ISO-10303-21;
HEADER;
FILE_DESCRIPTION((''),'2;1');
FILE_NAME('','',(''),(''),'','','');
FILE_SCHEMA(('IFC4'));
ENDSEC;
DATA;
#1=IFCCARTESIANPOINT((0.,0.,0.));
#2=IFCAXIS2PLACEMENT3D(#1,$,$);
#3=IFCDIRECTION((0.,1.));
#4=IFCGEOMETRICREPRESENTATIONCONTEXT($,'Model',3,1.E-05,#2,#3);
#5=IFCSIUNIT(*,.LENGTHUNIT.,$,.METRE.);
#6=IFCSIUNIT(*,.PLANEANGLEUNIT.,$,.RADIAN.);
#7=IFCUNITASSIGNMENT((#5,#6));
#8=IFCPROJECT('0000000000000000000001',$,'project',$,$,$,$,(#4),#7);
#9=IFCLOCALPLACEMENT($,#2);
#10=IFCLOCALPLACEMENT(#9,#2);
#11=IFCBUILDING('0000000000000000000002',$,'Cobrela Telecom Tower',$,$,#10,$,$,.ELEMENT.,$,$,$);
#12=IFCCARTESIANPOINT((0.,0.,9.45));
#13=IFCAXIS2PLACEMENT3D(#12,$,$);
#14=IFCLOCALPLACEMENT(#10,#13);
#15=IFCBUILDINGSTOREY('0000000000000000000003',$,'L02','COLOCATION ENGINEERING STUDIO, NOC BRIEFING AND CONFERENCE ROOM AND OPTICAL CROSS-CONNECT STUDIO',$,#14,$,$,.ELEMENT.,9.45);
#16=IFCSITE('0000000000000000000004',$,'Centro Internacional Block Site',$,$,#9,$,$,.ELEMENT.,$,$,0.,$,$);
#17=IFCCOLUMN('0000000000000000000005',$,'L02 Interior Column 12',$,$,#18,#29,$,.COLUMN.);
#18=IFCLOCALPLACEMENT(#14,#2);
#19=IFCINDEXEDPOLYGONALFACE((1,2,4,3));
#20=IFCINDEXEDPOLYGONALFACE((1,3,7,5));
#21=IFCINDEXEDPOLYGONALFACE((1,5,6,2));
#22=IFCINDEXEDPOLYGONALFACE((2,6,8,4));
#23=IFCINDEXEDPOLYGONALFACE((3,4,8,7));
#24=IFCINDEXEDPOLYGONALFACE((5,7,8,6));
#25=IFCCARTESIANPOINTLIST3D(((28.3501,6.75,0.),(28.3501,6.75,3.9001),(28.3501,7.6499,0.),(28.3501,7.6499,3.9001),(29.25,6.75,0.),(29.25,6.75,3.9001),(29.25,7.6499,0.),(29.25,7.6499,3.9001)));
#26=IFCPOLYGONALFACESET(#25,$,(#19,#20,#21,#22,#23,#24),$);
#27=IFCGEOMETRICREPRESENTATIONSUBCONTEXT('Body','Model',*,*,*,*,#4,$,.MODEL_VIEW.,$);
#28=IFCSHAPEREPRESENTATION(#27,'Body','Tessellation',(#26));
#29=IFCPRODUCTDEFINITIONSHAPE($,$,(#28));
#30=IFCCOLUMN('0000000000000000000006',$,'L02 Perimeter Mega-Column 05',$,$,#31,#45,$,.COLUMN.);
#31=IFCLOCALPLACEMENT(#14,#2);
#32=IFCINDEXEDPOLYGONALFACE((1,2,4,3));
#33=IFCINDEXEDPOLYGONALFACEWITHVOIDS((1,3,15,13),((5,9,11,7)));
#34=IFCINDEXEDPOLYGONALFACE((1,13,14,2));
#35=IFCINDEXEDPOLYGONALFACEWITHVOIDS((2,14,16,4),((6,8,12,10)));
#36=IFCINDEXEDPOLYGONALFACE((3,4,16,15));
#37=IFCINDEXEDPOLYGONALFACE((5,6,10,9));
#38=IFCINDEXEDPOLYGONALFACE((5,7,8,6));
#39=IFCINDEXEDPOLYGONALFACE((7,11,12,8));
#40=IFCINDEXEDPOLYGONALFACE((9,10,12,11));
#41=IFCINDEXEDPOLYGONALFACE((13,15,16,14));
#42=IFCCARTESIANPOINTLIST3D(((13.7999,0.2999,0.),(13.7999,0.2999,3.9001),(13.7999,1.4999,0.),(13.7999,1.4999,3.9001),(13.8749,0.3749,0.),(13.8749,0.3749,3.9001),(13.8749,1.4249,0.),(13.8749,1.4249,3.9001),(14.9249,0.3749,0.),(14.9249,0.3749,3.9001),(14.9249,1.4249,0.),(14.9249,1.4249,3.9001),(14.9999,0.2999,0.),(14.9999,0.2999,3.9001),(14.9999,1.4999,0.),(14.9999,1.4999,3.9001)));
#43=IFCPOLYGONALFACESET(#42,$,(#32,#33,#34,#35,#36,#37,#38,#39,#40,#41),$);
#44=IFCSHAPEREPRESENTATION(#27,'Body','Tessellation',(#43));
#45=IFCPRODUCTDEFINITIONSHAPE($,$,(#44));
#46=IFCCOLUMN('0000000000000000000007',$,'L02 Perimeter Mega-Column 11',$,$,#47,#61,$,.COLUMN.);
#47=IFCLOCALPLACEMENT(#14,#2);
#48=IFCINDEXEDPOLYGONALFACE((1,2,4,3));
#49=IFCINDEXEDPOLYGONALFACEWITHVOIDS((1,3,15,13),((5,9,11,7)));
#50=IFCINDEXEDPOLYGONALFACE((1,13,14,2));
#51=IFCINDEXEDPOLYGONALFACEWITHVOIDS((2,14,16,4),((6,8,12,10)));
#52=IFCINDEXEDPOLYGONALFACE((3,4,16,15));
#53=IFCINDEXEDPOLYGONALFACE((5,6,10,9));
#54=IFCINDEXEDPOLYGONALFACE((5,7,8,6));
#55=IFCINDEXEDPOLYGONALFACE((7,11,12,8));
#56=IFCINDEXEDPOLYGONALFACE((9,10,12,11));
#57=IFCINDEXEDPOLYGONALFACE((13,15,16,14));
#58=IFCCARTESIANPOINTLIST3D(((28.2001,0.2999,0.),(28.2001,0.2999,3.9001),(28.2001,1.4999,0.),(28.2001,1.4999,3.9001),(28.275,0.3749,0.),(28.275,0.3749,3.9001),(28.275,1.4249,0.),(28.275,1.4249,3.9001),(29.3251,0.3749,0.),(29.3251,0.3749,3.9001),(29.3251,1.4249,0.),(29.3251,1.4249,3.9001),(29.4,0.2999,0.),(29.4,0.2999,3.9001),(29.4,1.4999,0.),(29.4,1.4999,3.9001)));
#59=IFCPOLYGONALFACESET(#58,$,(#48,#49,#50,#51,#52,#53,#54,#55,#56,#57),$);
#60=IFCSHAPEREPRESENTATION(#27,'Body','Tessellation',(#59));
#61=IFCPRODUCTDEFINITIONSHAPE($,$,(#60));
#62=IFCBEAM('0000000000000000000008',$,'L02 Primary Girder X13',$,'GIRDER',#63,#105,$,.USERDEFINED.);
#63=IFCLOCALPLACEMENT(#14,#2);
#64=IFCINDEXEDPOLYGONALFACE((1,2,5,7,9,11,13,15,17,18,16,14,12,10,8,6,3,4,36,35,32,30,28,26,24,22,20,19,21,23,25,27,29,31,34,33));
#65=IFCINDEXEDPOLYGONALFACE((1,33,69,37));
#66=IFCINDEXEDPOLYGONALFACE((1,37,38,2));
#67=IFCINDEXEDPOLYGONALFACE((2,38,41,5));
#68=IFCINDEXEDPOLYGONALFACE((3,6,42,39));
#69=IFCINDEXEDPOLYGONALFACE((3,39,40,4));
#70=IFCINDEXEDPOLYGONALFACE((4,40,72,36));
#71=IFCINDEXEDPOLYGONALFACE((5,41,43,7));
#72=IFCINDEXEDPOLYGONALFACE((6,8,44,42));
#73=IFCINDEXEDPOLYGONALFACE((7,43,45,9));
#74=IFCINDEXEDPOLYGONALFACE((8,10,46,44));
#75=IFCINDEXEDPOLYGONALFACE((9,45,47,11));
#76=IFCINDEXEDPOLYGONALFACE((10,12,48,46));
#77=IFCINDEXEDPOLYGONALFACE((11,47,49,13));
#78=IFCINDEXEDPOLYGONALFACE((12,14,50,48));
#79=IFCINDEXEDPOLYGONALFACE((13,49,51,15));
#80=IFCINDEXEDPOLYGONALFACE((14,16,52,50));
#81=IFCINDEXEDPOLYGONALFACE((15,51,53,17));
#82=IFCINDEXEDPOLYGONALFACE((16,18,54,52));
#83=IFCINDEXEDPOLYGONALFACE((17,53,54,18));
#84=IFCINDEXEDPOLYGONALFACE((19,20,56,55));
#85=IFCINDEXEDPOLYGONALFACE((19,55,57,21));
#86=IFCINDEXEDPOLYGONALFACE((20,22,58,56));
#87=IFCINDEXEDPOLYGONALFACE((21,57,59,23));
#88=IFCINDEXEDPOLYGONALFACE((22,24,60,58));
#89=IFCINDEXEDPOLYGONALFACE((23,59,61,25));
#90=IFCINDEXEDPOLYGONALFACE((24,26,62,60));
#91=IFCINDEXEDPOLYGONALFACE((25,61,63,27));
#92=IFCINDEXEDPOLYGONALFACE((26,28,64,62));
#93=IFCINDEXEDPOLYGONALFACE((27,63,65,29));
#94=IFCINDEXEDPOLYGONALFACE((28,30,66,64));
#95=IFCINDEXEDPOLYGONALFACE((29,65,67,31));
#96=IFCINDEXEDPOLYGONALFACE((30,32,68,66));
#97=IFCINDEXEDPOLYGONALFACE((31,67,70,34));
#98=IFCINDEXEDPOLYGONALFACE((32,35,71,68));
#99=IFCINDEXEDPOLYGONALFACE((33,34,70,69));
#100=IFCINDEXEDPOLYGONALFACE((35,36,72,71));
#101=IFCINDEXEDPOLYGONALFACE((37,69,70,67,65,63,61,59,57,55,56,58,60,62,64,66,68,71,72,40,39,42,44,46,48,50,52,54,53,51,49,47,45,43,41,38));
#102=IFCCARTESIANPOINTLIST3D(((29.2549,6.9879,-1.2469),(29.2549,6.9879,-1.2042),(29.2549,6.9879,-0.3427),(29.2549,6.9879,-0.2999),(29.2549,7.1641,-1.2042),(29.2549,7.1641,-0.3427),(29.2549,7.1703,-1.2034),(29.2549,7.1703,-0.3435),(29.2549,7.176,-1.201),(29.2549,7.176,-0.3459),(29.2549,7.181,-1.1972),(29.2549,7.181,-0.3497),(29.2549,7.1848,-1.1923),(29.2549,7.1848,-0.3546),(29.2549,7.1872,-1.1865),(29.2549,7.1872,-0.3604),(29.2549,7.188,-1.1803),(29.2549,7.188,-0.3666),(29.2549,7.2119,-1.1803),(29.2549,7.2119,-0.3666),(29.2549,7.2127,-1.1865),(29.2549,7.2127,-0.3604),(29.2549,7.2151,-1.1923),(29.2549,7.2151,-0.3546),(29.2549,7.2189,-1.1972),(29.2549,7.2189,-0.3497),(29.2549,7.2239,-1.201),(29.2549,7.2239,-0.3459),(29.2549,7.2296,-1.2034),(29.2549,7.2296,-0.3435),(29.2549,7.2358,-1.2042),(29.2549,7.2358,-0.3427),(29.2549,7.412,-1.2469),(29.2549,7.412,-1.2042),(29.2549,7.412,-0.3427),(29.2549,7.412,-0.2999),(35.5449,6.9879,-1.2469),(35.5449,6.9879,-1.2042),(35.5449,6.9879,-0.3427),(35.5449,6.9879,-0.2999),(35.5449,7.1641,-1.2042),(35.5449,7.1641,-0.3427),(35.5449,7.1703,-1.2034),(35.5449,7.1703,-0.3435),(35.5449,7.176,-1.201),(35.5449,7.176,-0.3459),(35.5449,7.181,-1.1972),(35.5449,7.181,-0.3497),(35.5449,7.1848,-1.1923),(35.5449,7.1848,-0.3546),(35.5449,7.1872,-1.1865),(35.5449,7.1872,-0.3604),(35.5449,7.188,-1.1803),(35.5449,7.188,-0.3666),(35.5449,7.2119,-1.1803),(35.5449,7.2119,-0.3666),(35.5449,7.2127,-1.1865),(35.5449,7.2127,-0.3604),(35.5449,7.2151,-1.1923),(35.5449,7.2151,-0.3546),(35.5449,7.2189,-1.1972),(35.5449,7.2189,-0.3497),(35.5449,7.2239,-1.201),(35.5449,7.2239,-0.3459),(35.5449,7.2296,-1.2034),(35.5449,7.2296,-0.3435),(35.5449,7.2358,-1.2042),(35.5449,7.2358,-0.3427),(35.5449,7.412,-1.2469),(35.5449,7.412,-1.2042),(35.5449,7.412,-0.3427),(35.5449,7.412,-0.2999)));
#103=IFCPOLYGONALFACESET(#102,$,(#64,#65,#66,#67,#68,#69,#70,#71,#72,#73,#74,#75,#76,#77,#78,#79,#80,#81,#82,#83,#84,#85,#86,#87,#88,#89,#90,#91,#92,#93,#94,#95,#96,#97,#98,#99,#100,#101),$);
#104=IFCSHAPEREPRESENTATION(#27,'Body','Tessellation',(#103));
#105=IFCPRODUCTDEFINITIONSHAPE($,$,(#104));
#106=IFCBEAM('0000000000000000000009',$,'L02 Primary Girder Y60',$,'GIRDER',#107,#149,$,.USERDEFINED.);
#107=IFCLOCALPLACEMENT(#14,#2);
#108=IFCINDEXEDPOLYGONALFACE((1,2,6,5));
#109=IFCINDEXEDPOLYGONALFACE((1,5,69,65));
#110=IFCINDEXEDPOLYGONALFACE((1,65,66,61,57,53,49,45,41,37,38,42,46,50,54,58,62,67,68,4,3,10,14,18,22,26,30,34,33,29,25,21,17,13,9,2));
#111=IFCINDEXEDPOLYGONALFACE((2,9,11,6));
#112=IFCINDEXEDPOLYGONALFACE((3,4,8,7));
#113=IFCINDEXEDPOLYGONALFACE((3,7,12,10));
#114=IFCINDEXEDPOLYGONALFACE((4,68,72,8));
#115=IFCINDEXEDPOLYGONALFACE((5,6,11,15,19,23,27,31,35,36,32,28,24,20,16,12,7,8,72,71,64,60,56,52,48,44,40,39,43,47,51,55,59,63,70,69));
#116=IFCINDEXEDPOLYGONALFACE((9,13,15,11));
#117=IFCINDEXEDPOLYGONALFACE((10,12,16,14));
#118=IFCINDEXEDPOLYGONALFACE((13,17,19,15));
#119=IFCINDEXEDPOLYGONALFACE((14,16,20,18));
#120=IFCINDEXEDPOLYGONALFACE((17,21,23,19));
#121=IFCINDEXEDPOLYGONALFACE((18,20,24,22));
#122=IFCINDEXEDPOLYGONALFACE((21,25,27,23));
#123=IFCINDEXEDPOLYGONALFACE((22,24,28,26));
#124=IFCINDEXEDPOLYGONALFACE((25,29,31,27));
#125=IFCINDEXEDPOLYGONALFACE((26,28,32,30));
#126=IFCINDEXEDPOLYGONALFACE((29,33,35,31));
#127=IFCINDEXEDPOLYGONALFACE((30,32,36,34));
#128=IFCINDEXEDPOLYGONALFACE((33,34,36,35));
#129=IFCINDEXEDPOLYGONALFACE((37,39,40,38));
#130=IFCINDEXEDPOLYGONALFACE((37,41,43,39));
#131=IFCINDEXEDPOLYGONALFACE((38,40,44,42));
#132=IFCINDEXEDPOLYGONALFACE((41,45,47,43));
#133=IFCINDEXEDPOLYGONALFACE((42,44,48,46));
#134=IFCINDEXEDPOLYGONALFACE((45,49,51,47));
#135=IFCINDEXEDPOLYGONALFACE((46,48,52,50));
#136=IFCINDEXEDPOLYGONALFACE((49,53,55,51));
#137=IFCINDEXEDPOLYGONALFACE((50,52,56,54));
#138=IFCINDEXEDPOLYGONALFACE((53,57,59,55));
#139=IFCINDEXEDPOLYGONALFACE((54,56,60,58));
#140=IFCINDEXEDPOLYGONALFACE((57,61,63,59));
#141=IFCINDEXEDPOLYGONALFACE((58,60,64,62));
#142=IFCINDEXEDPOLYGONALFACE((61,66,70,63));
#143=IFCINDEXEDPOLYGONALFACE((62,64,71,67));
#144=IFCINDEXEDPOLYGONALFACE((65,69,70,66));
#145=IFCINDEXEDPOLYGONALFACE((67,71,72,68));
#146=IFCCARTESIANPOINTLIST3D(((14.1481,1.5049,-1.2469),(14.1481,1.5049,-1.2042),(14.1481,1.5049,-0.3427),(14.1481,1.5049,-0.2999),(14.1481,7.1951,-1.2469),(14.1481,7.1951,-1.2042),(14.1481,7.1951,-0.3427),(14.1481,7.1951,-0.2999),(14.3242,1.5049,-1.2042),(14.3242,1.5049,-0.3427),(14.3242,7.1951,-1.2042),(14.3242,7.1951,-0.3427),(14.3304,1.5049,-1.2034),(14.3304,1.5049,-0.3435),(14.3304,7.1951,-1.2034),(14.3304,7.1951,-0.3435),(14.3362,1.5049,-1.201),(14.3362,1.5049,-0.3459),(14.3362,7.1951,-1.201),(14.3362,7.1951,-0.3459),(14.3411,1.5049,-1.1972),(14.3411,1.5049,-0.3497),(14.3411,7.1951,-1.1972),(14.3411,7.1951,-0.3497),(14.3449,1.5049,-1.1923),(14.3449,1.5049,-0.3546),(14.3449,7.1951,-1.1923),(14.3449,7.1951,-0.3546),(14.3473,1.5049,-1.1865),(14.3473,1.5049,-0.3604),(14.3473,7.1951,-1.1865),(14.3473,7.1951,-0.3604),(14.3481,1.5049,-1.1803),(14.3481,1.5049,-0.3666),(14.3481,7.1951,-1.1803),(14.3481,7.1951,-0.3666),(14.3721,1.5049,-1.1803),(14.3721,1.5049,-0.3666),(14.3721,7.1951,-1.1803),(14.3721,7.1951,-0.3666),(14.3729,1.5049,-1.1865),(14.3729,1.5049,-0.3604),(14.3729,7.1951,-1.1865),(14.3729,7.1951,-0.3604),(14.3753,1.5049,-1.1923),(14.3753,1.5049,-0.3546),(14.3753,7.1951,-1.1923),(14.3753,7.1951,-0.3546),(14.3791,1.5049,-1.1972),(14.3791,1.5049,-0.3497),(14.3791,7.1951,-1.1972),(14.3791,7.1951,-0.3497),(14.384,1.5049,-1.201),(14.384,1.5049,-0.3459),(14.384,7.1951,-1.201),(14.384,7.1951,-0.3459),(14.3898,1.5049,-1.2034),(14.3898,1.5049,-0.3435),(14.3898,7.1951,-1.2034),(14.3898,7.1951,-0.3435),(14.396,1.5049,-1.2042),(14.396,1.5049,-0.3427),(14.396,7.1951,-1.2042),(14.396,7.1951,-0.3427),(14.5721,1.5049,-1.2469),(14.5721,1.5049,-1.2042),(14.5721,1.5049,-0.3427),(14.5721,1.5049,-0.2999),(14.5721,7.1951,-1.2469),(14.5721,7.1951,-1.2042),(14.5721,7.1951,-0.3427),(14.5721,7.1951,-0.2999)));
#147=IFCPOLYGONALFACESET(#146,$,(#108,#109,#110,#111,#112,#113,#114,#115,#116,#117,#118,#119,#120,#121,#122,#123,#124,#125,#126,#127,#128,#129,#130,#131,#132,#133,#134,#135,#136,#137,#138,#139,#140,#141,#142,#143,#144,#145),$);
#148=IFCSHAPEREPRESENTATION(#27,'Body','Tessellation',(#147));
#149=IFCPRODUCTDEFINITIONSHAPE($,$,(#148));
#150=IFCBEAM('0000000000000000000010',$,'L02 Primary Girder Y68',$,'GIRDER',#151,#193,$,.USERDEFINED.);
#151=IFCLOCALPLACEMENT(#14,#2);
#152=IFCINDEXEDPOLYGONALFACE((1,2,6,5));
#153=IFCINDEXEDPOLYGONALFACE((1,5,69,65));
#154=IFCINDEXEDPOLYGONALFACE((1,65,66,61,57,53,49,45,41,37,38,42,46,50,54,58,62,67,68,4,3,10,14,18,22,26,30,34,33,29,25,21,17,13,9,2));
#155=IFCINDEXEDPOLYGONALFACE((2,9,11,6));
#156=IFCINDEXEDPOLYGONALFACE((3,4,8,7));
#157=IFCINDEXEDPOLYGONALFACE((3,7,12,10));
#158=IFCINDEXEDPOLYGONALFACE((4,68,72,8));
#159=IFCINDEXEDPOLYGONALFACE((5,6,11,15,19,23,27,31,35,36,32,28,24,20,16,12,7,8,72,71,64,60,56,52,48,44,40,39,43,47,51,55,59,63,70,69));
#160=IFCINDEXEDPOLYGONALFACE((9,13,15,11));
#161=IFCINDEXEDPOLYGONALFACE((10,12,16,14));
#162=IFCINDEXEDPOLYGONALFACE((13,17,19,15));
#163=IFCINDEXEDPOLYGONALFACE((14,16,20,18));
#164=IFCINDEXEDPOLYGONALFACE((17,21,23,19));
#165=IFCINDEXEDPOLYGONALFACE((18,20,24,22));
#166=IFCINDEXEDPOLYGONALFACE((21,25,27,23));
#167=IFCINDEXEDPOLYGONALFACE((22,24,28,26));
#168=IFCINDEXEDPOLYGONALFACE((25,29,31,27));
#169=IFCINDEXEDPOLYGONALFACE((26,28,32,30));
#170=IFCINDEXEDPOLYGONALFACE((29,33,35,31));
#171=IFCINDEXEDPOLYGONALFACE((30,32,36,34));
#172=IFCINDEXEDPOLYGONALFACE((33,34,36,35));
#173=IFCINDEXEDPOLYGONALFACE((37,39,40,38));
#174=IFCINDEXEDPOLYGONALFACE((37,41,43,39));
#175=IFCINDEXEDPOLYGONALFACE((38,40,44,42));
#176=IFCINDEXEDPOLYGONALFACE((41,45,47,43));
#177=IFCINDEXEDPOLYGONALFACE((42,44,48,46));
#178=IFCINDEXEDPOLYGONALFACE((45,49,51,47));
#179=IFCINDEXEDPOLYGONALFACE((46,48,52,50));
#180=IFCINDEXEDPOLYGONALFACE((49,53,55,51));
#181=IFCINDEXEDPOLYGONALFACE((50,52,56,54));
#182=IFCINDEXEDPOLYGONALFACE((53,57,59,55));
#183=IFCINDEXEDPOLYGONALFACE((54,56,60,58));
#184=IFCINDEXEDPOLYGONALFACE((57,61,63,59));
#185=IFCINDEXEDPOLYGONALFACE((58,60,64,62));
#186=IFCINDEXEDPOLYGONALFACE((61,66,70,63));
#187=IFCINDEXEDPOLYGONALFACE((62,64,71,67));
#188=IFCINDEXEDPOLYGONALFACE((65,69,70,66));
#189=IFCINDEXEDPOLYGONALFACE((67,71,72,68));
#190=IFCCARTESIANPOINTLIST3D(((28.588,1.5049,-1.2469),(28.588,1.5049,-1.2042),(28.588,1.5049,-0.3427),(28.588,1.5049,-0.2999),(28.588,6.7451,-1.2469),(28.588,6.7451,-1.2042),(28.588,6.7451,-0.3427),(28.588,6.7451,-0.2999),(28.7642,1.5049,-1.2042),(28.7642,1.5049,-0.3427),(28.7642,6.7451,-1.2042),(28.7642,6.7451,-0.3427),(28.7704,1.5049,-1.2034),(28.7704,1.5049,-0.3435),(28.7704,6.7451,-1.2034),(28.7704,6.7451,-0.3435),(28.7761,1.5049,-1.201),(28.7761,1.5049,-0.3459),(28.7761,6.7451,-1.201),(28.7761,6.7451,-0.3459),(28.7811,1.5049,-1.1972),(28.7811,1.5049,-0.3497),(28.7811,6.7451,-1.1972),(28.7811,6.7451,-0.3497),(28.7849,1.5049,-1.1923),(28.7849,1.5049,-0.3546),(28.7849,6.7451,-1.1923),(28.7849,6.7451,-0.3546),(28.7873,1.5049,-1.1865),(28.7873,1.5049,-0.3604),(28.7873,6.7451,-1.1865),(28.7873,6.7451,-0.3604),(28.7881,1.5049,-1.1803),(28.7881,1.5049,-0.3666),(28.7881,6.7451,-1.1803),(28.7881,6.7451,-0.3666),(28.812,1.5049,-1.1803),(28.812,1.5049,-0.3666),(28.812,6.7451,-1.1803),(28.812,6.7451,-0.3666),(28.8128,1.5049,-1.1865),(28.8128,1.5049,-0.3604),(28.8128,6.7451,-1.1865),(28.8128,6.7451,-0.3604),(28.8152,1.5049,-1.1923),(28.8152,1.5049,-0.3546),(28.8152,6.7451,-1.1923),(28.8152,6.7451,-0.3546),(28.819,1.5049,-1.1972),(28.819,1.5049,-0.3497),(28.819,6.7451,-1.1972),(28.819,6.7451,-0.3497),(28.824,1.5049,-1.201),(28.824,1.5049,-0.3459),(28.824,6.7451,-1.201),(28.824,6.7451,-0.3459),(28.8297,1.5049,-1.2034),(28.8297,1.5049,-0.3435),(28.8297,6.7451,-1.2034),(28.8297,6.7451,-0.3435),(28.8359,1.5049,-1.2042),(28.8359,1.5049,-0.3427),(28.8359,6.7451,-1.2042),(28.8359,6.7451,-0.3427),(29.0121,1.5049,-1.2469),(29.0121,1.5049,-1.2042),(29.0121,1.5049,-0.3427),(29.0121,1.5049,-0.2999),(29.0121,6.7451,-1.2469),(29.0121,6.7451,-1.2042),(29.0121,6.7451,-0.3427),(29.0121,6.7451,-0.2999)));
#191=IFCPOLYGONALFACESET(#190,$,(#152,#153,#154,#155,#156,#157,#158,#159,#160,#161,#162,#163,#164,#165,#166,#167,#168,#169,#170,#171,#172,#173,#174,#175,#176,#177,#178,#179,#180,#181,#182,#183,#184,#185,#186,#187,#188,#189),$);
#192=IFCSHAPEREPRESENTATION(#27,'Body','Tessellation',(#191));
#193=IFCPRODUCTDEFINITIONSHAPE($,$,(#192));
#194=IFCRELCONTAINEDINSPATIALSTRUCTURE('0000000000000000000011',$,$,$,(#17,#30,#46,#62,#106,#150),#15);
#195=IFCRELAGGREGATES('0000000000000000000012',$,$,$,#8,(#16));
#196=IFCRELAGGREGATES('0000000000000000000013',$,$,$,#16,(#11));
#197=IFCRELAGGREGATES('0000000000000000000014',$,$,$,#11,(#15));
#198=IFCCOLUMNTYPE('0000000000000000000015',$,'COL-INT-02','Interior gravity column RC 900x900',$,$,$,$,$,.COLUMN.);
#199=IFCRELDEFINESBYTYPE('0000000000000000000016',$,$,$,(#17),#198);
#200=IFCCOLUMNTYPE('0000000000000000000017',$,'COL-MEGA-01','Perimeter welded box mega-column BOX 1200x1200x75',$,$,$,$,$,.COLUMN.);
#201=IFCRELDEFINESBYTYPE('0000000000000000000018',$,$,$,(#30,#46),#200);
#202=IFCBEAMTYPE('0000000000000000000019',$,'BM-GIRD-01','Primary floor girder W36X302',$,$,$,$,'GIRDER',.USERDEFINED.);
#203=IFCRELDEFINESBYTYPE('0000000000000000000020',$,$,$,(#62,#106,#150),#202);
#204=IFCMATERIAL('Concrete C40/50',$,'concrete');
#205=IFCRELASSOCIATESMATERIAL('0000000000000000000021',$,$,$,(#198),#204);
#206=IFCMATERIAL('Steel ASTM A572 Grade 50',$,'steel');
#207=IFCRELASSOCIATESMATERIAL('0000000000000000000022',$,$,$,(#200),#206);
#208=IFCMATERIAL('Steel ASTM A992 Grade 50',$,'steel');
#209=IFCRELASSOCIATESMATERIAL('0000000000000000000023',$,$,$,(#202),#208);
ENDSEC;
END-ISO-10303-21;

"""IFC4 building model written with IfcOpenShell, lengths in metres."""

from ifc_helpers import new_model, si_unit, direction, frame, origin, origin_2d, place, context, subcontext, project, spatial, rectangle, hollow_rectangle, i_section, extrude, material, material_profile, profile_set, type_object, element, save


model = new_model("IFC4")

# Units and contexts
model_context = context("Model", 3, precision=1e-05, world=origin(), true_north=direction((0.0, 1.0)))
body_context = subcontext(model_context, "Body", "Model", "MODEL_VIEW")
ifc_project = project(units=[si_unit("LENGTHUNIT", "METRE"), si_unit("PLANEANGLEUNIT", "RADIAN")], contexts=[model_context])

# Site, building, storey
site_placement = place(None, origin())
site = spatial("IfcSite", under=ifc_project, at=site_placement, Name="Centro Internacional Block Site", CompositionType="ELEMENT", RefElevation=0.0)
building_placement = place(site_placement, origin())
building = spatial("IfcBuilding", under=site, at=building_placement, Name="Cobrela Telecom Tower", CompositionType="ELEMENT")
storey_placement = place(building_placement, frame((0.0, 0.0, 9.45)))
storey = spatial("IfcBuildingStorey", under=building, at=storey_placement, Name="L02", Description="COLOCATION ENGINEERING STUDIO, NOC BRIEFING AND CONFERENCE ROOM AND OPTICAL CROSS-CONNECT STUDIO", CompositionType="ELEMENT", Elevation=9.45)

# Columns
ifc_material_1 = material(Name="Concrete C40/50", Category="concrete")
ifc_material_profile_1 = material_profile(ifc_material_1, rectangle(XDim=0.8999, YDim=0.8999, at=origin_2d()), Name="RC 900x900")
ifc_profile_set_1 = profile_set([ifc_material_profile_1], Name="Concrete C40/50")
column_type_1 = type_object("IfcColumnType", Name="COL-INT-02", Description="Interior gravity column RC 900x900", PredefinedType="COLUMN", material=ifc_profile_set_1)
column_placement = place(storey_placement, frame((28.8, 7.2, 0.0), z_axis=(0.0, 0.0, 1.0), x_axis=(1.0, 0.0, 0.0)))
element("IfcColumn", 1, at=column_placement, inside=storey, type_object=column_type_1, Name="L02 Interior Column 12", PredefinedType="COLUMN", context=body_context, shape_type="SweptSolid", body=[
    extrude(rectangle(XDim=0.8999, YDim=0.8999, at=origin_2d()), origin(), (0.0, 0.0, 1.0), 3.9001),
])
ifc_material_2 = material(Name="Steel ASTM A572 Grade 50", Category="steel")
ifc_material_profile_2 = material_profile(ifc_material_2, hollow_rectangle(XDim=1.2, YDim=1.2, WallThickness=0.075, at=origin_2d()), Name="BOX 1200x1200x75")
ifc_profile_set_2 = profile_set([ifc_material_profile_2], Name="Steel ASTM A572 Grade 50")
column_type_2 = type_object("IfcColumnType", Name="COL-MEGA-01", Description="Perimeter welded box mega-column BOX 1200x1200x75", PredefinedType="COLUMN", material=ifc_profile_set_2)
for number, where, z_axis, x_axis, name in (
    (2, (14.3999, 0.8999, 0.0), (0.0, 0.0, 1.0), (1.0, 0.0, 0.0), "L02 Perimeter Mega-Column 05"),
    (3, (28.8, 0.8999, 0.0), (0.0, 0.0, 1.0), (1.0, 0.0, 0.0), "L02 Perimeter Mega-Column 11"),
):
    element("IfcColumn", number, at=place(storey_placement, frame(where, z_axis=z_axis, x_axis=x_axis)), inside=storey, type_object=column_type_2, Name=name, PredefinedType="COLUMN", context=body_context, shape_type="SweptSolid", body=[
        extrude(hollow_rectangle(XDim=1.2, YDim=1.2, WallThickness=0.075, at=origin_2d()), origin(), (0.0, 0.0, 1.0), 3.9001),
    ])

# Beams
ifc_material_3 = material(Name="Steel ASTM A992 Grade 50", Category="steel")
ifc_material_profile_3 = material_profile(ifc_material_3, i_section(OverallWidth=0.4241, OverallDepth=0.947, WebThickness=0.0239, FlangeThickness=0.0427, FilletRadius=0.0239, at=origin_2d()), Name="W36X302")
ifc_profile_set_3 = profile_set([ifc_material_profile_3], Name="Steel ASTM A992 Grade 50")
beam_type_1 = type_object("IfcBeamType", Name="BM-GIRD-01", Description="Primary floor girder W36X302", ElementType="GIRDER", PredefinedType="USERDEFINED", material=ifc_profile_set_3)
beam_1_placement = place(storey_placement, frame((29.2549, 7.2, -0.7734), z_axis=(1.0, 0.0, 0.0), x_axis=(0.0, 1.0, 0.0)))
element("IfcBeam", 4, at=beam_1_placement, inside=storey, type_object=beam_type_1, Name="L02 Primary Girder X13", ObjectType="GIRDER", PredefinedType="USERDEFINED", context=body_context, shape_type="SweptSolid", body=[
    extrude(i_section(OverallWidth=0.4241, OverallDepth=0.947, WebThickness=0.0239, FlangeThickness=0.0427, FilletRadius=0.0239, at=origin_2d()), origin(), (0.0, 0.0, 1.0), 6.29),
])
beam_2_placement = place(storey_placement, frame((14.3601, 1.5049, -0.7734), z_axis=(0.0, 1.0, 0.0), x_axis=(-1.0, 0.0, 0.0)))
element("IfcBeam", 5, at=beam_2_placement, inside=storey, type_object=beam_type_1, Name="L02 Primary Girder Y60", ObjectType="GIRDER", PredefinedType="USERDEFINED", context=body_context, shape_type="SweptSolid", body=[
    extrude(i_section(OverallWidth=0.4241, OverallDepth=0.947, WebThickness=0.0239, FlangeThickness=0.0427, FilletRadius=0.0239, at=origin_2d()), origin(), (0.0, 0.0, 1.0), 5.6902),
])
beam_3_placement = place(storey_placement, frame((28.8, 1.5049, -0.7734), z_axis=(0.0, 1.0, 0.0), x_axis=(-1.0, 0.0, 0.0)))
element("IfcBeam", 6, at=beam_3_placement, inside=storey, type_object=beam_type_1, Name="L02 Primary Girder Y68", ObjectType="GIRDER", PredefinedType="USERDEFINED", context=body_context, shape_type="SweptSolid", body=[
    extrude(i_section(OverallWidth=0.4241, OverallDepth=0.947, WebThickness=0.0239, FlangeThickness=0.0427, FilletRadius=0.0239, at=origin_2d()), origin(), (0.0, 0.0, 1.0), 5.2402),
])

save(model, "model.ifc")
